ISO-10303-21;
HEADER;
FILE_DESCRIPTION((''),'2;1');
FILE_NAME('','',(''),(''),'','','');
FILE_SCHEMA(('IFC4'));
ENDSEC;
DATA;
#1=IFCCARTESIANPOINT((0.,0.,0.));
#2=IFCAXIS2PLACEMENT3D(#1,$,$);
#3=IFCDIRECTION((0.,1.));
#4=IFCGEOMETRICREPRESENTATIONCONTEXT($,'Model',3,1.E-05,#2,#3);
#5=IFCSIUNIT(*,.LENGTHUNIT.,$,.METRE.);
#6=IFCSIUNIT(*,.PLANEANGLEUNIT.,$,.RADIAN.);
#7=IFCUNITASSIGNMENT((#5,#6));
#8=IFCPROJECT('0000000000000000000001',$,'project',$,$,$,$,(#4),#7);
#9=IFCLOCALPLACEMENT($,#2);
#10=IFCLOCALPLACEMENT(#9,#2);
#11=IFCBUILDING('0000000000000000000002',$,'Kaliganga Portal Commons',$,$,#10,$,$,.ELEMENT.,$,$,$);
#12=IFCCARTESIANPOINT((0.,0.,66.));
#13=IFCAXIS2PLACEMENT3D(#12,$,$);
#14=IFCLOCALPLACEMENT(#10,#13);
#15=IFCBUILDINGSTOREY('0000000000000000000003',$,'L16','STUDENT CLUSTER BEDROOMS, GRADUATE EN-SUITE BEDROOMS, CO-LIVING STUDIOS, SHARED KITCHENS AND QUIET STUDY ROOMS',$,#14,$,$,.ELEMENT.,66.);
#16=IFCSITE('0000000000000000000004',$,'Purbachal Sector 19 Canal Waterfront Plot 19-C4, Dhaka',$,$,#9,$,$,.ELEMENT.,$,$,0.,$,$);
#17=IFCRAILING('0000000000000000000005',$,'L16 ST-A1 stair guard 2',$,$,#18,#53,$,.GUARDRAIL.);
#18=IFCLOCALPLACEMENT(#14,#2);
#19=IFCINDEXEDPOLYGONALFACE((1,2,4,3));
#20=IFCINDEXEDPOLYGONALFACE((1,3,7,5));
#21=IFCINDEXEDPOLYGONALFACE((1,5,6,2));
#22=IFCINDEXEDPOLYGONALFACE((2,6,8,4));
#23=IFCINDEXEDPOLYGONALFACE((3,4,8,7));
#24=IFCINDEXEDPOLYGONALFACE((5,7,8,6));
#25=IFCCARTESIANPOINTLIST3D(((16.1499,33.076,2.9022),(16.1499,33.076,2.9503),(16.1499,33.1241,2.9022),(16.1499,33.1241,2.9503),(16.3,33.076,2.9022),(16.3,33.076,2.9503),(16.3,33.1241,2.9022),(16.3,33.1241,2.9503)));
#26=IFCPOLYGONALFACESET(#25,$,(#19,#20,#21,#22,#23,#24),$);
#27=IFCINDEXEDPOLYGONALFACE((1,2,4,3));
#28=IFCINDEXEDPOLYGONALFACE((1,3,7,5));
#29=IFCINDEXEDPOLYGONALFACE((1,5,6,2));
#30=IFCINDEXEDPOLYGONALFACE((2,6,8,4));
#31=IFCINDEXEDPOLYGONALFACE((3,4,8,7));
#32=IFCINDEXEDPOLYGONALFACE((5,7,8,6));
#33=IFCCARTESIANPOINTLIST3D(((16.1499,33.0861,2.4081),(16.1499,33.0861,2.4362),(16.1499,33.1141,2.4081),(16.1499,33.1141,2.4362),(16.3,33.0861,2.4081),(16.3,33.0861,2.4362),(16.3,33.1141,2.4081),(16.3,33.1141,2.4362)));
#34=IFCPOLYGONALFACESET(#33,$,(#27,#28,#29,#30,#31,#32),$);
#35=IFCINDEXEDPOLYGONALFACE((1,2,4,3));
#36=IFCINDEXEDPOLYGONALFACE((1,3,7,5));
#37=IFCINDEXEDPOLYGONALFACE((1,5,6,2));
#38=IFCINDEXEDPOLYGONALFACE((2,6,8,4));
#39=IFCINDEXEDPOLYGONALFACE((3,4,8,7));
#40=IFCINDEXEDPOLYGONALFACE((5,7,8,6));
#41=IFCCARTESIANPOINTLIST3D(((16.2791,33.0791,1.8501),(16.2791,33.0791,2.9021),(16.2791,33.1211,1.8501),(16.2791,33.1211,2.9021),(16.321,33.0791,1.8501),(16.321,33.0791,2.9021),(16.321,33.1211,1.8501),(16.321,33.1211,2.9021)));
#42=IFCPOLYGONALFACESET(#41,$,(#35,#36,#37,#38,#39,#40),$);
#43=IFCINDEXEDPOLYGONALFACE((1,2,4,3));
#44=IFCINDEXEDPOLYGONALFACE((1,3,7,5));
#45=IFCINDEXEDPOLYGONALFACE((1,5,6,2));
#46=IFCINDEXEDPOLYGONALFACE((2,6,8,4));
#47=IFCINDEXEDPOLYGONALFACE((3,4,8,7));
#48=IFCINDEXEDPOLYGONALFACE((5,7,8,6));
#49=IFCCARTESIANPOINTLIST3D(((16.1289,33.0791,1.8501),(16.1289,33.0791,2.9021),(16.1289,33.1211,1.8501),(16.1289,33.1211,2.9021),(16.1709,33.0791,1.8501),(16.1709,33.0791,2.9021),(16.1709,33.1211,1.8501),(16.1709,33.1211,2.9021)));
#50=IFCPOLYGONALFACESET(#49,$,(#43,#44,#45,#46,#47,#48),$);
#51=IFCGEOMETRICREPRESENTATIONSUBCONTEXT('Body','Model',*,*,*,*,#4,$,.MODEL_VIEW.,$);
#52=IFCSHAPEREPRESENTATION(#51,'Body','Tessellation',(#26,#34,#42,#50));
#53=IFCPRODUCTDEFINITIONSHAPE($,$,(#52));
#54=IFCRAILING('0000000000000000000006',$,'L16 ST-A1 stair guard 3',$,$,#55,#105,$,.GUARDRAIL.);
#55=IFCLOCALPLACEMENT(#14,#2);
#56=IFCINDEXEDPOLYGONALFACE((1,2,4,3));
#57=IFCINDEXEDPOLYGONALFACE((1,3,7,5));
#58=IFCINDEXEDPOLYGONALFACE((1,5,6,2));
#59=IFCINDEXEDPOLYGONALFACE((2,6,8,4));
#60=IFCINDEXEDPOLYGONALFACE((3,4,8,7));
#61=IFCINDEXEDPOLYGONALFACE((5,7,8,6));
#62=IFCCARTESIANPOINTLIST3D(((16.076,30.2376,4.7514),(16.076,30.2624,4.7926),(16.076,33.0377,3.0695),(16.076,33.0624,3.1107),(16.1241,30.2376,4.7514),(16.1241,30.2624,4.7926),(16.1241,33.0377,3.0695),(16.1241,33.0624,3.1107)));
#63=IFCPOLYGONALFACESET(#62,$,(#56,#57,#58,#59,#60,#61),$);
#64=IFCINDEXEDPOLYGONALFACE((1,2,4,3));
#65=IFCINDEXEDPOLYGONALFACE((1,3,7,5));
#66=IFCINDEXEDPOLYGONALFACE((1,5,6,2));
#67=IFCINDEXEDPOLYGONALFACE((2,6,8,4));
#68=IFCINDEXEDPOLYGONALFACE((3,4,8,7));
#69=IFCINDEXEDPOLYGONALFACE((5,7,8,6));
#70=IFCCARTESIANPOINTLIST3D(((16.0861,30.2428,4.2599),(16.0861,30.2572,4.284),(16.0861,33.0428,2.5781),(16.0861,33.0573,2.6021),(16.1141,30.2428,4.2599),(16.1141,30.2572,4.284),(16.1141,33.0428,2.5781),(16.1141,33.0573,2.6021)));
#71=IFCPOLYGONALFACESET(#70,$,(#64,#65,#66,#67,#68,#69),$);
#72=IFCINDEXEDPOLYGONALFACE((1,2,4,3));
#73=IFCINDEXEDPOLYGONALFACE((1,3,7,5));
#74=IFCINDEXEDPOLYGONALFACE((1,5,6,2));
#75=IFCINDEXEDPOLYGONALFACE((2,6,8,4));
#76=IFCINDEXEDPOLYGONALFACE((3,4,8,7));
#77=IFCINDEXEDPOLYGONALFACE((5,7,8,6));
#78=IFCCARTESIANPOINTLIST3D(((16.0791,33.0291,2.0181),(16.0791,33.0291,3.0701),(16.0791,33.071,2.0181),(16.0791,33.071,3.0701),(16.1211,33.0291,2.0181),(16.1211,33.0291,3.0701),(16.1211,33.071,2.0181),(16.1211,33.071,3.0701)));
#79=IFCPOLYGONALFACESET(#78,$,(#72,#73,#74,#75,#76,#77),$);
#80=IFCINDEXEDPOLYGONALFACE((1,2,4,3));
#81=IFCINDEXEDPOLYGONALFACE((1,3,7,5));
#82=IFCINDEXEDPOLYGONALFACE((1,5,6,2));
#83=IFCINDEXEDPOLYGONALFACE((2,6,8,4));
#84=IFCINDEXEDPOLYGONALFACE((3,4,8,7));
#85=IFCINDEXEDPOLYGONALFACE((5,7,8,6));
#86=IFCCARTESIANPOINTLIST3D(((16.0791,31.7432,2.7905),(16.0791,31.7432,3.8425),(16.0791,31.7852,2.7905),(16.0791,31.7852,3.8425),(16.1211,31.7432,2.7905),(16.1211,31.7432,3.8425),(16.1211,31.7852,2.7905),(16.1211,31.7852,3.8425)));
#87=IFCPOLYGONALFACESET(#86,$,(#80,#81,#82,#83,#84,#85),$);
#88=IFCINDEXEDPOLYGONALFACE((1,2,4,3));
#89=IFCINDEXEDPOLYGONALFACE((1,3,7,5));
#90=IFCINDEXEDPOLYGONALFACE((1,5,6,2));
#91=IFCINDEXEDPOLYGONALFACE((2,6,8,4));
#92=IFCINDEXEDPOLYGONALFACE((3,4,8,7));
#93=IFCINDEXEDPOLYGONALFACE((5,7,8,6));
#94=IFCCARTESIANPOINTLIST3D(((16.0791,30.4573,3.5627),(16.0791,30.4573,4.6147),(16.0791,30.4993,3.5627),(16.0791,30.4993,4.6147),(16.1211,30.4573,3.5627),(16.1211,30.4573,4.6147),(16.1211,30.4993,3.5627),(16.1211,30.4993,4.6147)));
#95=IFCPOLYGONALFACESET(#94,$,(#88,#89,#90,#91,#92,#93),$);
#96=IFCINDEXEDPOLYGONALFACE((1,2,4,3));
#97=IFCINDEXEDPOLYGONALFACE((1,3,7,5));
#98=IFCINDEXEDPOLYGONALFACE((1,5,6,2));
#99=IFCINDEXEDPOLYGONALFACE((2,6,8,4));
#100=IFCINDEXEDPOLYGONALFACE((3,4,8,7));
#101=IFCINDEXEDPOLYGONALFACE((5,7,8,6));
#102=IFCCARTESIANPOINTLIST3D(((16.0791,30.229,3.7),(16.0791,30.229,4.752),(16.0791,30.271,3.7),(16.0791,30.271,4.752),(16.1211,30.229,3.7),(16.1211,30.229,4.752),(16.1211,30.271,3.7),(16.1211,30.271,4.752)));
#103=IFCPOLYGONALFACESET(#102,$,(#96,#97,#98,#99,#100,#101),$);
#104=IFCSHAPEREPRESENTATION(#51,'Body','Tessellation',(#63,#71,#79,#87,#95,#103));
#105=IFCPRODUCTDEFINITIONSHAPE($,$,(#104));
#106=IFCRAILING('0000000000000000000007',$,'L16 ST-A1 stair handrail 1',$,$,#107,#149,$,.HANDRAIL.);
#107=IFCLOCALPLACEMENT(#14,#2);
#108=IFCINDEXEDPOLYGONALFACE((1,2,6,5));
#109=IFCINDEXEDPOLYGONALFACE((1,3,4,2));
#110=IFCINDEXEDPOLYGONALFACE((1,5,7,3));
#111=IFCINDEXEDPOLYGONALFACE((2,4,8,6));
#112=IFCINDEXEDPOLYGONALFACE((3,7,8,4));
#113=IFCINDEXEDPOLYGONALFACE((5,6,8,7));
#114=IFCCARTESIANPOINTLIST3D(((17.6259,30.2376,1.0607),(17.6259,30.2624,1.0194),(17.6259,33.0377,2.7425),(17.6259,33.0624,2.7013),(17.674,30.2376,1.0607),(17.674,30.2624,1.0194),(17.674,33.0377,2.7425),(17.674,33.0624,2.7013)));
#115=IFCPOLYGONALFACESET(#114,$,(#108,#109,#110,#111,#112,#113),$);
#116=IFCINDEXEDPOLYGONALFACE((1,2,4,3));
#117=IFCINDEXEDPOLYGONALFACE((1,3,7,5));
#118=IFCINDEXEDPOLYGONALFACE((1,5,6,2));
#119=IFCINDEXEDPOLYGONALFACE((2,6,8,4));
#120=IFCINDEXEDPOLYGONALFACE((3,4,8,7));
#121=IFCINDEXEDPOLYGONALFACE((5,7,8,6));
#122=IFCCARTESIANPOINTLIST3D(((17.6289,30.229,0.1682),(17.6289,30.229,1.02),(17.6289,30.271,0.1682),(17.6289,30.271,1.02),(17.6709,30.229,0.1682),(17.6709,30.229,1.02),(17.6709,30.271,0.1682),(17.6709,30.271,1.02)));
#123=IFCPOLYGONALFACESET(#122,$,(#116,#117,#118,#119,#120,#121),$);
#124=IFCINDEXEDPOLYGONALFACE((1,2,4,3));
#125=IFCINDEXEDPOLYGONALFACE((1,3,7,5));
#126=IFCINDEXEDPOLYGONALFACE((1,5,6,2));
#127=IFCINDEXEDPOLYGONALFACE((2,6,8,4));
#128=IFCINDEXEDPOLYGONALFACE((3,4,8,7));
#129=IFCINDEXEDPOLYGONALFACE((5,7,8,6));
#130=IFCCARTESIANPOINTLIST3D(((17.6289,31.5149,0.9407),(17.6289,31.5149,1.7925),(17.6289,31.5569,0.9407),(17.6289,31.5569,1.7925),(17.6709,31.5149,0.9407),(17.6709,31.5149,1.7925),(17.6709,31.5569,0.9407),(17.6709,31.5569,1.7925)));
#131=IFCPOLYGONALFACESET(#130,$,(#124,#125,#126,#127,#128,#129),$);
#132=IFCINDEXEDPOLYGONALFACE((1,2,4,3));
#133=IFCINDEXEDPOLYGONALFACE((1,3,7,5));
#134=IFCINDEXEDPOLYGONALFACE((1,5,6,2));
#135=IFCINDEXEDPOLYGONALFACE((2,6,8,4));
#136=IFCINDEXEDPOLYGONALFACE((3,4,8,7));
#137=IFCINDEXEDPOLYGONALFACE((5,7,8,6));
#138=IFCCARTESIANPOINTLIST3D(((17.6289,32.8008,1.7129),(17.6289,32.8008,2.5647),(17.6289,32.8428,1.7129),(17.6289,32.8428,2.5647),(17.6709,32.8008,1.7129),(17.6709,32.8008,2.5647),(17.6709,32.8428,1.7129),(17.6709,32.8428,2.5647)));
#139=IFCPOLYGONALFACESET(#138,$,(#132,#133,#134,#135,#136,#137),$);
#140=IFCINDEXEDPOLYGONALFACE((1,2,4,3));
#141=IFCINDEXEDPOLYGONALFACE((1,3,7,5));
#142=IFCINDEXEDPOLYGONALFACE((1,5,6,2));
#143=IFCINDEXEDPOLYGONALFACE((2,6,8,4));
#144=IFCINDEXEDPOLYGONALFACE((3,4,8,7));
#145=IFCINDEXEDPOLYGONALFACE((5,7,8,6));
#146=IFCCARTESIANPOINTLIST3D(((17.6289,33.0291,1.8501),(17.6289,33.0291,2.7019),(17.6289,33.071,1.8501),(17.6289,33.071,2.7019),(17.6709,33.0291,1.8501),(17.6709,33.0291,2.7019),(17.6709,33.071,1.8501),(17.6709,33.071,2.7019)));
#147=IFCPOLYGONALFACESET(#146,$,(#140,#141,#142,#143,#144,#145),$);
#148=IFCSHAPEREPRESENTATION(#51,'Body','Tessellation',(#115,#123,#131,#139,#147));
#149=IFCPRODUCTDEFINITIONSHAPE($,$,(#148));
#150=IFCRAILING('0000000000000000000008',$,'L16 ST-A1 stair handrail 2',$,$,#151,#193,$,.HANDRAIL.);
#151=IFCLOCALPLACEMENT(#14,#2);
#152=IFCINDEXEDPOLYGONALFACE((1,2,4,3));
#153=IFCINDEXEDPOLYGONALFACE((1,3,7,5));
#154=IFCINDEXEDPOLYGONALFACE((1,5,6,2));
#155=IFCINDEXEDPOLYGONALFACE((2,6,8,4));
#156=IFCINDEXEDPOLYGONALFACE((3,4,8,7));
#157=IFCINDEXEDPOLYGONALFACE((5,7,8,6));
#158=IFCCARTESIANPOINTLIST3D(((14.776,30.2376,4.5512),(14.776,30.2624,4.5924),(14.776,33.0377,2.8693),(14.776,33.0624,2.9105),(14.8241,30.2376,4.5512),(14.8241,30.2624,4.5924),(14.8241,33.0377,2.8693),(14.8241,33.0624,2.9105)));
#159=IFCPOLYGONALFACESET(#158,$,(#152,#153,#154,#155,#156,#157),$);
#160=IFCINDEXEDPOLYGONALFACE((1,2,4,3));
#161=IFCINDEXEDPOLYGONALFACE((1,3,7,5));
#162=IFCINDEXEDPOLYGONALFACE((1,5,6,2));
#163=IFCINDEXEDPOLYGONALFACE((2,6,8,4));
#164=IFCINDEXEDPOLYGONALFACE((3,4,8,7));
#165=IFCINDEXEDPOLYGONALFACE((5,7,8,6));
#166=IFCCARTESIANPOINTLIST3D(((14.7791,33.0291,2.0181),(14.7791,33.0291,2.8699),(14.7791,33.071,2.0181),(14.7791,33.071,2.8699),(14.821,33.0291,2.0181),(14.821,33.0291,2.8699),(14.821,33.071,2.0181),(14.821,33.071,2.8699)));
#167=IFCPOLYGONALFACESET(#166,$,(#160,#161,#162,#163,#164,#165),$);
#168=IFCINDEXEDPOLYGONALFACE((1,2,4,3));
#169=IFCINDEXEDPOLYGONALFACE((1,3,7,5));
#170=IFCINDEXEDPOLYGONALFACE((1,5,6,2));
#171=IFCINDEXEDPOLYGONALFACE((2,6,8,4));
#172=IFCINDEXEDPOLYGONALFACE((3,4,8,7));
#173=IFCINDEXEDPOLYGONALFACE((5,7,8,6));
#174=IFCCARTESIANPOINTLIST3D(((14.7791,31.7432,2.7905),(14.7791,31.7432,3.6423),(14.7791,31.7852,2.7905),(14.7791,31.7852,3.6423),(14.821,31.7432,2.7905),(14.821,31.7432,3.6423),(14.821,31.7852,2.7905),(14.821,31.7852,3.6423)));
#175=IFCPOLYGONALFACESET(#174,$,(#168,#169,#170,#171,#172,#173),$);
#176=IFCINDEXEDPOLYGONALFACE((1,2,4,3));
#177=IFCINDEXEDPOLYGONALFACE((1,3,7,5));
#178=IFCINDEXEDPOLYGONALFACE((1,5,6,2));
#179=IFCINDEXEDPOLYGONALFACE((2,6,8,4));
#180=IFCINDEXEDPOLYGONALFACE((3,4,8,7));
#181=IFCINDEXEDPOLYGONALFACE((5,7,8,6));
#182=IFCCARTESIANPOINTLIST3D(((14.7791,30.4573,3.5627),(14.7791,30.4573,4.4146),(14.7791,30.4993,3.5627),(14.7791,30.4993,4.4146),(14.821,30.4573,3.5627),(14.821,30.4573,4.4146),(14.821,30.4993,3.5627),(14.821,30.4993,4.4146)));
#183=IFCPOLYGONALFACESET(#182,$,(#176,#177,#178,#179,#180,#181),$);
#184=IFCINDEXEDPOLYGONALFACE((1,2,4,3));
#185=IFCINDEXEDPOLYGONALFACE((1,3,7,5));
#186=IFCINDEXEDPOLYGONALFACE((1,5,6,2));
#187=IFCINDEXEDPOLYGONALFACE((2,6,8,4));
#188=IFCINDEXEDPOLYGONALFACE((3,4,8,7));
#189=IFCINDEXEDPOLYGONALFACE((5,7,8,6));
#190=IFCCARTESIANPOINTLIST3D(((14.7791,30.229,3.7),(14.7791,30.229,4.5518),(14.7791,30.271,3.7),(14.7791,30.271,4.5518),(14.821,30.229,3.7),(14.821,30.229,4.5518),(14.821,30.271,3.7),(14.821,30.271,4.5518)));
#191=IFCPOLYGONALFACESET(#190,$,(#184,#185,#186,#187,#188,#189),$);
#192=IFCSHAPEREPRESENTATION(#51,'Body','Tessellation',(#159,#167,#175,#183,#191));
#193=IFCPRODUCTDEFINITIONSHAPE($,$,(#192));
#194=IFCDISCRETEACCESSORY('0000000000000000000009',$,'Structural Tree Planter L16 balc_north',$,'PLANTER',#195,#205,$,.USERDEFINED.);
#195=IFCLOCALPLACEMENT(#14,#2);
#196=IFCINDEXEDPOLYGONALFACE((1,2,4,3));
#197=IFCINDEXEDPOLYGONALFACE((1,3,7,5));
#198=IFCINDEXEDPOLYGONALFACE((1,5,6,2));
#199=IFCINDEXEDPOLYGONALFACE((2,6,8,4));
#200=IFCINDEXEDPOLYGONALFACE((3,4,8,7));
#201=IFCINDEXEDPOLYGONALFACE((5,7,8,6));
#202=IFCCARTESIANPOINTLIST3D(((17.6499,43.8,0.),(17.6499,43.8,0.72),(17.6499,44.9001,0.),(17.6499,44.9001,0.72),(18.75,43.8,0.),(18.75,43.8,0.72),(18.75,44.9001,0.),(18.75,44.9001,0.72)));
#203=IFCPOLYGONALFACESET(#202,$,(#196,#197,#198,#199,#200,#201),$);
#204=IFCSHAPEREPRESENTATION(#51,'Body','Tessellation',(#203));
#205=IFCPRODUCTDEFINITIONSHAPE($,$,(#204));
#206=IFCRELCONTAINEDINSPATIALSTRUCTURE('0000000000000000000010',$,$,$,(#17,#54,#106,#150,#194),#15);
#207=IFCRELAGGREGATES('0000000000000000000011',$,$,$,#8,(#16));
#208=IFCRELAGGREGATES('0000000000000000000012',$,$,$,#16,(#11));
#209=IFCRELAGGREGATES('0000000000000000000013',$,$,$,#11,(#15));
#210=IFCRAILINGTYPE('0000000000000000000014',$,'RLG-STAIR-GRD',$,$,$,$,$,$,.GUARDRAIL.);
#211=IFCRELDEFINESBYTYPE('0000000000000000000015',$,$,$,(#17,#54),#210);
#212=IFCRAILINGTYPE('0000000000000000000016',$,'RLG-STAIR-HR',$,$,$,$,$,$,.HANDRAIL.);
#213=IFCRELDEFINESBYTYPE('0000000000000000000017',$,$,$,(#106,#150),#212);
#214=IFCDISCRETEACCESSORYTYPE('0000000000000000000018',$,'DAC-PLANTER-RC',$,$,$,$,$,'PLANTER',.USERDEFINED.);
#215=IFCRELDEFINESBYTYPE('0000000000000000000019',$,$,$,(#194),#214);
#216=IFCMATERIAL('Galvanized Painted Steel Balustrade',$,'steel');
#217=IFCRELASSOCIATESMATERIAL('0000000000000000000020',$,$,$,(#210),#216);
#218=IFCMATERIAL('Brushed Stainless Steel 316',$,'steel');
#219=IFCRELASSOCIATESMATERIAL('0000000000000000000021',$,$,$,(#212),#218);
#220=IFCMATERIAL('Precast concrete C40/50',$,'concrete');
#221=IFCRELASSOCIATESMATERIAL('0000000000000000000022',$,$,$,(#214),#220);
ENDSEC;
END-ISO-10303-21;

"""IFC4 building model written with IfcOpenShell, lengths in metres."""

from ifc_helpers import new_model, si_unit, direction, frame, origin, origin_2d, place, context, subcontext, project, spatial, rectangle, extrude, source, transform, mapped, material, type_object, element, save


model = new_model("IFC4")

# Units and contexts
model_context = context("Model", 3, precision=1e-05, world=origin(), true_north=direction((0.0, 1.0)))
body_context = subcontext(model_context, "Body", "Model", "MODEL_VIEW")
ifc_project = project(units=[si_unit("LENGTHUNIT", "METRE"), si_unit("PLANEANGLEUNIT", "RADIAN")], contexts=[model_context])

# Site, building, storey
site_placement = place(None, origin())
site = spatial("IfcSite", under=ifc_project, at=site_placement, Name="Purbachal Sector 19 Canal Waterfront Plot 19-C4, Dhaka", CompositionType="ELEMENT", RefElevation=0.0)
building_placement = place(site_placement, origin())
building = spatial("IfcBuilding", under=site, at=building_placement, Name="Kaliganga Portal Commons", CompositionType="ELEMENT")
storey_placement = place(building_placement, frame((0.0, 0.0, 66.0)))
storey = spatial("IfcBuildingStorey", under=building, at=storey_placement, Name="L16", Description="STUDENT CLUSTER BEDROOMS, GRADUATE EN-SUITE BEDROOMS, CO-LIVING STUDIOS, SHARED KITCHENS AND QUIET STUDY ROOMS", CompositionType="ELEMENT", Elevation=66.0)

# Railings
ifc_material_1 = material(Name="Galvanized Painted Steel Balustrade", Category="steel")
railing_type_1 = type_object("IfcRailingType", Name="RLG-STAIR-GRD", PredefinedType="GUARDRAIL", material=ifc_material_1)
railing_1_placement = place(storey_placement, frame((16.3, 33.1001, 1.8501)))
element("IfcRailing", 1, at=railing_1_placement, inside=storey, type_object=railing_type_1, Name="L16 ST-A1 stair guard 2", PredefinedType="GUARDRAIL", context=body_context, shape_type="SweptSolid", body=[
    extrude(rectangle(XDim=0.0481, YDim=0.0481, at=origin_2d()), frame((0.0, 0.0, 1.0762), z_axis=(-1.0, 0.0, 0.0), x_axis=(0.0, -1.0, 0.0)), (0.0, 0.0, 1.0), 0.1501),
    extrude(rectangle(XDim=0.0281, YDim=0.0281, at=origin_2d()), frame((0.0, 0.0, 0.572), z_axis=(-1.0, 0.0, 0.0), x_axis=(0.0, -1.0, 0.0)), (0.0, 0.0, 1.0), 0.1501),
    extrude(rectangle(XDim=0.042, YDim=0.042, at=origin_2d()), origin(), (0.0, 0.0, 1.0), 1.052),
    extrude(rectangle(XDim=0.042, YDim=0.042, at=origin_2d()), frame((-0.1501, 0.0, 0.0)), (0.0, 0.0, 1.0), 1.052),
])
railing_2_placement = place(storey_placement, frame((16.1001, 33.05, 2.0181)))
element("IfcRailing", 2, at=railing_2_placement, inside=storey, type_object=railing_type_1, Name="L16 ST-A1 stair guard 3", PredefinedType="GUARDRAIL", context=body_context, shape_type="SweptSolid", body=[
    extrude(rectangle(XDim=0.0481, YDim=0.0481, at=origin_2d()), frame((0.0, 0.0, 1.072), z_axis=(0.0, -0.857242, 0.514913), x_axis=(1.0, 0.0, 0.0)), (0.0, 0.0, 1.0), 3.2664),
    extrude(rectangle(XDim=0.0281, YDim=0.0281, at=origin_2d()), frame((0.0, 0.0, 0.572), z_axis=(0.0, -0.857242, 0.514913), x_axis=(1.0, 0.0, 0.0)), (0.0, 0.0, 1.0), 3.2664),
    extrude(rectangle(XDim=0.042, YDim=0.042, at=origin_2d()), origin(), (0.0, 0.0, 1.0), 1.052),
    extrude(rectangle(XDim=0.042, YDim=0.042, at=origin_2d()), frame((0.0, -1.2859, 0.7725)), (0.0, 0.0, 1.0), 1.052),
    extrude(rectangle(XDim=0.042, YDim=0.042, at=origin_2d()), frame((0.0, -2.5718, 1.5447)), (0.0, 0.0, 1.0), 1.052),
    extrude(rectangle(XDim=0.042, YDim=0.042, at=origin_2d()), frame((0.0, -2.8, 1.6819)), (0.0, 0.0, 1.0), 1.052),
])
ifc_material_2 = material(Name="Brushed Stainless Steel 316", Category="steel")
railing_type_2 = type_object("IfcRailingType", Name="RLG-STAIR-HR", PredefinedType="HANDRAIL", material=ifc_material_2)
railing_3_placement = place(storey_placement, frame((17.6499, 30.25, 0.1682)))
element("IfcRailing", 3, at=railing_3_placement, inside=storey, type_object=railing_type_2, Name="L16 ST-A1 stair handrail 1", PredefinedType="HANDRAIL", context=body_context, shape_type="SweptSolid", body=[
    extrude(rectangle(XDim=0.0481, YDim=0.0481, at=origin_2d()), frame((0.0, 0.0, 0.8718), z_axis=(0.0, 0.857242, 0.514913), x_axis=(-1.0, 0.0, 0.0)), (0.0, 0.0, 1.0), 3.2664),
    extrude(rectangle(XDim=0.042, YDim=0.042, at=origin_2d()), origin(), (0.0, 0.0, 1.0), 0.8518),
    extrude(rectangle(XDim=0.042, YDim=0.042, at=origin_2d()), frame((0.0, 1.2859, 0.7725)), (0.0, 0.0, 1.0), 0.8518),
    extrude(rectangle(XDim=0.042, YDim=0.042, at=origin_2d()), frame((0.0, 2.5718, 1.5447)), (0.0, 0.0, 1.0), 0.8518),
    extrude(rectangle(XDim=0.042, YDim=0.042, at=origin_2d()), frame((0.0, 2.8, 1.6819)), (0.0, 0.0, 1.0), 0.8518),
])
railing_4_placement = place(storey_placement, frame((14.8, 33.05, 2.0181)))
element("IfcRailing", 4, at=railing_4_placement, inside=storey, type_object=railing_type_2, Name="L16 ST-A1 stair handrail 2", PredefinedType="HANDRAIL", context=body_context, shape_type="SweptSolid", body=[
    extrude(rectangle(XDim=0.0481, YDim=0.0481, at=origin_2d()), frame((0.0, 0.0, 0.8718), z_axis=(0.0, -0.857242, 0.514913), x_axis=(1.0, 0.0, 0.0)), (0.0, 0.0, 1.0), 3.2664),
    extrude(rectangle(XDim=0.042, YDim=0.042, at=origin_2d()), origin(), (0.0, 0.0, 1.0), 0.8518),
    extrude(rectangle(XDim=0.042, YDim=0.042, at=origin_2d()), frame((0.0, -1.2859, 0.7725)), (0.0, 0.0, 1.0), 0.8518),
    extrude(rectangle(XDim=0.042, YDim=0.042, at=origin_2d()), frame((0.0, -2.5718, 1.5447)), (0.0, 0.0, 1.0), 0.8518),
    extrude(rectangle(XDim=0.042, YDim=0.042, at=origin_2d()), frame((0.0, -2.8, 1.6819)), (0.0, 0.0, 1.0), 0.8518),
])

# Discrete accessory
ifc_material_3 = material(Name="Precast concrete C40/50", Category="concrete")
discrete_accessory_type = type_object("IfcDiscreteAccessoryType", Name="DAC-PLANTER-RC", ElementType="PLANTER", PredefinedType="USERDEFINED", material=ifc_material_3)
shared_shape_1 = source(origin(), body_context, "Body", "SweptSolid", [
    extrude(rectangle(XDim=1.1001, YDim=1.1001, at=origin_2d()), origin(), (0.0, 0.0, 1.0), 0.72),
])
discrete_accessory_placement = place(storey_placement, frame((18.2, 44.3501, 0.0), z_axis=(0.0, 0.0, 1.0), x_axis=(1.0, 0.0, 0.0)))
element("IfcDiscreteAccessory", 5, at=discrete_accessory_placement, inside=storey, type_object=discrete_accessory_type, Name="Structural Tree Planter L16 balc_north", ObjectType="PLANTER", PredefinedType="USERDEFINED", context=body_context, shape_type="MappedRepresentation", body=[
    mapped(shared_shape_1, transform((0.0, 0.0, 0.0), x_axis=(1.0, 0.0, 0.0), y_axis=(0.0, 1.0, 0.0), z_axis=(0.0, 0.0, 1.0), scale=1.0)),
])

save(model, "model.ifc")
